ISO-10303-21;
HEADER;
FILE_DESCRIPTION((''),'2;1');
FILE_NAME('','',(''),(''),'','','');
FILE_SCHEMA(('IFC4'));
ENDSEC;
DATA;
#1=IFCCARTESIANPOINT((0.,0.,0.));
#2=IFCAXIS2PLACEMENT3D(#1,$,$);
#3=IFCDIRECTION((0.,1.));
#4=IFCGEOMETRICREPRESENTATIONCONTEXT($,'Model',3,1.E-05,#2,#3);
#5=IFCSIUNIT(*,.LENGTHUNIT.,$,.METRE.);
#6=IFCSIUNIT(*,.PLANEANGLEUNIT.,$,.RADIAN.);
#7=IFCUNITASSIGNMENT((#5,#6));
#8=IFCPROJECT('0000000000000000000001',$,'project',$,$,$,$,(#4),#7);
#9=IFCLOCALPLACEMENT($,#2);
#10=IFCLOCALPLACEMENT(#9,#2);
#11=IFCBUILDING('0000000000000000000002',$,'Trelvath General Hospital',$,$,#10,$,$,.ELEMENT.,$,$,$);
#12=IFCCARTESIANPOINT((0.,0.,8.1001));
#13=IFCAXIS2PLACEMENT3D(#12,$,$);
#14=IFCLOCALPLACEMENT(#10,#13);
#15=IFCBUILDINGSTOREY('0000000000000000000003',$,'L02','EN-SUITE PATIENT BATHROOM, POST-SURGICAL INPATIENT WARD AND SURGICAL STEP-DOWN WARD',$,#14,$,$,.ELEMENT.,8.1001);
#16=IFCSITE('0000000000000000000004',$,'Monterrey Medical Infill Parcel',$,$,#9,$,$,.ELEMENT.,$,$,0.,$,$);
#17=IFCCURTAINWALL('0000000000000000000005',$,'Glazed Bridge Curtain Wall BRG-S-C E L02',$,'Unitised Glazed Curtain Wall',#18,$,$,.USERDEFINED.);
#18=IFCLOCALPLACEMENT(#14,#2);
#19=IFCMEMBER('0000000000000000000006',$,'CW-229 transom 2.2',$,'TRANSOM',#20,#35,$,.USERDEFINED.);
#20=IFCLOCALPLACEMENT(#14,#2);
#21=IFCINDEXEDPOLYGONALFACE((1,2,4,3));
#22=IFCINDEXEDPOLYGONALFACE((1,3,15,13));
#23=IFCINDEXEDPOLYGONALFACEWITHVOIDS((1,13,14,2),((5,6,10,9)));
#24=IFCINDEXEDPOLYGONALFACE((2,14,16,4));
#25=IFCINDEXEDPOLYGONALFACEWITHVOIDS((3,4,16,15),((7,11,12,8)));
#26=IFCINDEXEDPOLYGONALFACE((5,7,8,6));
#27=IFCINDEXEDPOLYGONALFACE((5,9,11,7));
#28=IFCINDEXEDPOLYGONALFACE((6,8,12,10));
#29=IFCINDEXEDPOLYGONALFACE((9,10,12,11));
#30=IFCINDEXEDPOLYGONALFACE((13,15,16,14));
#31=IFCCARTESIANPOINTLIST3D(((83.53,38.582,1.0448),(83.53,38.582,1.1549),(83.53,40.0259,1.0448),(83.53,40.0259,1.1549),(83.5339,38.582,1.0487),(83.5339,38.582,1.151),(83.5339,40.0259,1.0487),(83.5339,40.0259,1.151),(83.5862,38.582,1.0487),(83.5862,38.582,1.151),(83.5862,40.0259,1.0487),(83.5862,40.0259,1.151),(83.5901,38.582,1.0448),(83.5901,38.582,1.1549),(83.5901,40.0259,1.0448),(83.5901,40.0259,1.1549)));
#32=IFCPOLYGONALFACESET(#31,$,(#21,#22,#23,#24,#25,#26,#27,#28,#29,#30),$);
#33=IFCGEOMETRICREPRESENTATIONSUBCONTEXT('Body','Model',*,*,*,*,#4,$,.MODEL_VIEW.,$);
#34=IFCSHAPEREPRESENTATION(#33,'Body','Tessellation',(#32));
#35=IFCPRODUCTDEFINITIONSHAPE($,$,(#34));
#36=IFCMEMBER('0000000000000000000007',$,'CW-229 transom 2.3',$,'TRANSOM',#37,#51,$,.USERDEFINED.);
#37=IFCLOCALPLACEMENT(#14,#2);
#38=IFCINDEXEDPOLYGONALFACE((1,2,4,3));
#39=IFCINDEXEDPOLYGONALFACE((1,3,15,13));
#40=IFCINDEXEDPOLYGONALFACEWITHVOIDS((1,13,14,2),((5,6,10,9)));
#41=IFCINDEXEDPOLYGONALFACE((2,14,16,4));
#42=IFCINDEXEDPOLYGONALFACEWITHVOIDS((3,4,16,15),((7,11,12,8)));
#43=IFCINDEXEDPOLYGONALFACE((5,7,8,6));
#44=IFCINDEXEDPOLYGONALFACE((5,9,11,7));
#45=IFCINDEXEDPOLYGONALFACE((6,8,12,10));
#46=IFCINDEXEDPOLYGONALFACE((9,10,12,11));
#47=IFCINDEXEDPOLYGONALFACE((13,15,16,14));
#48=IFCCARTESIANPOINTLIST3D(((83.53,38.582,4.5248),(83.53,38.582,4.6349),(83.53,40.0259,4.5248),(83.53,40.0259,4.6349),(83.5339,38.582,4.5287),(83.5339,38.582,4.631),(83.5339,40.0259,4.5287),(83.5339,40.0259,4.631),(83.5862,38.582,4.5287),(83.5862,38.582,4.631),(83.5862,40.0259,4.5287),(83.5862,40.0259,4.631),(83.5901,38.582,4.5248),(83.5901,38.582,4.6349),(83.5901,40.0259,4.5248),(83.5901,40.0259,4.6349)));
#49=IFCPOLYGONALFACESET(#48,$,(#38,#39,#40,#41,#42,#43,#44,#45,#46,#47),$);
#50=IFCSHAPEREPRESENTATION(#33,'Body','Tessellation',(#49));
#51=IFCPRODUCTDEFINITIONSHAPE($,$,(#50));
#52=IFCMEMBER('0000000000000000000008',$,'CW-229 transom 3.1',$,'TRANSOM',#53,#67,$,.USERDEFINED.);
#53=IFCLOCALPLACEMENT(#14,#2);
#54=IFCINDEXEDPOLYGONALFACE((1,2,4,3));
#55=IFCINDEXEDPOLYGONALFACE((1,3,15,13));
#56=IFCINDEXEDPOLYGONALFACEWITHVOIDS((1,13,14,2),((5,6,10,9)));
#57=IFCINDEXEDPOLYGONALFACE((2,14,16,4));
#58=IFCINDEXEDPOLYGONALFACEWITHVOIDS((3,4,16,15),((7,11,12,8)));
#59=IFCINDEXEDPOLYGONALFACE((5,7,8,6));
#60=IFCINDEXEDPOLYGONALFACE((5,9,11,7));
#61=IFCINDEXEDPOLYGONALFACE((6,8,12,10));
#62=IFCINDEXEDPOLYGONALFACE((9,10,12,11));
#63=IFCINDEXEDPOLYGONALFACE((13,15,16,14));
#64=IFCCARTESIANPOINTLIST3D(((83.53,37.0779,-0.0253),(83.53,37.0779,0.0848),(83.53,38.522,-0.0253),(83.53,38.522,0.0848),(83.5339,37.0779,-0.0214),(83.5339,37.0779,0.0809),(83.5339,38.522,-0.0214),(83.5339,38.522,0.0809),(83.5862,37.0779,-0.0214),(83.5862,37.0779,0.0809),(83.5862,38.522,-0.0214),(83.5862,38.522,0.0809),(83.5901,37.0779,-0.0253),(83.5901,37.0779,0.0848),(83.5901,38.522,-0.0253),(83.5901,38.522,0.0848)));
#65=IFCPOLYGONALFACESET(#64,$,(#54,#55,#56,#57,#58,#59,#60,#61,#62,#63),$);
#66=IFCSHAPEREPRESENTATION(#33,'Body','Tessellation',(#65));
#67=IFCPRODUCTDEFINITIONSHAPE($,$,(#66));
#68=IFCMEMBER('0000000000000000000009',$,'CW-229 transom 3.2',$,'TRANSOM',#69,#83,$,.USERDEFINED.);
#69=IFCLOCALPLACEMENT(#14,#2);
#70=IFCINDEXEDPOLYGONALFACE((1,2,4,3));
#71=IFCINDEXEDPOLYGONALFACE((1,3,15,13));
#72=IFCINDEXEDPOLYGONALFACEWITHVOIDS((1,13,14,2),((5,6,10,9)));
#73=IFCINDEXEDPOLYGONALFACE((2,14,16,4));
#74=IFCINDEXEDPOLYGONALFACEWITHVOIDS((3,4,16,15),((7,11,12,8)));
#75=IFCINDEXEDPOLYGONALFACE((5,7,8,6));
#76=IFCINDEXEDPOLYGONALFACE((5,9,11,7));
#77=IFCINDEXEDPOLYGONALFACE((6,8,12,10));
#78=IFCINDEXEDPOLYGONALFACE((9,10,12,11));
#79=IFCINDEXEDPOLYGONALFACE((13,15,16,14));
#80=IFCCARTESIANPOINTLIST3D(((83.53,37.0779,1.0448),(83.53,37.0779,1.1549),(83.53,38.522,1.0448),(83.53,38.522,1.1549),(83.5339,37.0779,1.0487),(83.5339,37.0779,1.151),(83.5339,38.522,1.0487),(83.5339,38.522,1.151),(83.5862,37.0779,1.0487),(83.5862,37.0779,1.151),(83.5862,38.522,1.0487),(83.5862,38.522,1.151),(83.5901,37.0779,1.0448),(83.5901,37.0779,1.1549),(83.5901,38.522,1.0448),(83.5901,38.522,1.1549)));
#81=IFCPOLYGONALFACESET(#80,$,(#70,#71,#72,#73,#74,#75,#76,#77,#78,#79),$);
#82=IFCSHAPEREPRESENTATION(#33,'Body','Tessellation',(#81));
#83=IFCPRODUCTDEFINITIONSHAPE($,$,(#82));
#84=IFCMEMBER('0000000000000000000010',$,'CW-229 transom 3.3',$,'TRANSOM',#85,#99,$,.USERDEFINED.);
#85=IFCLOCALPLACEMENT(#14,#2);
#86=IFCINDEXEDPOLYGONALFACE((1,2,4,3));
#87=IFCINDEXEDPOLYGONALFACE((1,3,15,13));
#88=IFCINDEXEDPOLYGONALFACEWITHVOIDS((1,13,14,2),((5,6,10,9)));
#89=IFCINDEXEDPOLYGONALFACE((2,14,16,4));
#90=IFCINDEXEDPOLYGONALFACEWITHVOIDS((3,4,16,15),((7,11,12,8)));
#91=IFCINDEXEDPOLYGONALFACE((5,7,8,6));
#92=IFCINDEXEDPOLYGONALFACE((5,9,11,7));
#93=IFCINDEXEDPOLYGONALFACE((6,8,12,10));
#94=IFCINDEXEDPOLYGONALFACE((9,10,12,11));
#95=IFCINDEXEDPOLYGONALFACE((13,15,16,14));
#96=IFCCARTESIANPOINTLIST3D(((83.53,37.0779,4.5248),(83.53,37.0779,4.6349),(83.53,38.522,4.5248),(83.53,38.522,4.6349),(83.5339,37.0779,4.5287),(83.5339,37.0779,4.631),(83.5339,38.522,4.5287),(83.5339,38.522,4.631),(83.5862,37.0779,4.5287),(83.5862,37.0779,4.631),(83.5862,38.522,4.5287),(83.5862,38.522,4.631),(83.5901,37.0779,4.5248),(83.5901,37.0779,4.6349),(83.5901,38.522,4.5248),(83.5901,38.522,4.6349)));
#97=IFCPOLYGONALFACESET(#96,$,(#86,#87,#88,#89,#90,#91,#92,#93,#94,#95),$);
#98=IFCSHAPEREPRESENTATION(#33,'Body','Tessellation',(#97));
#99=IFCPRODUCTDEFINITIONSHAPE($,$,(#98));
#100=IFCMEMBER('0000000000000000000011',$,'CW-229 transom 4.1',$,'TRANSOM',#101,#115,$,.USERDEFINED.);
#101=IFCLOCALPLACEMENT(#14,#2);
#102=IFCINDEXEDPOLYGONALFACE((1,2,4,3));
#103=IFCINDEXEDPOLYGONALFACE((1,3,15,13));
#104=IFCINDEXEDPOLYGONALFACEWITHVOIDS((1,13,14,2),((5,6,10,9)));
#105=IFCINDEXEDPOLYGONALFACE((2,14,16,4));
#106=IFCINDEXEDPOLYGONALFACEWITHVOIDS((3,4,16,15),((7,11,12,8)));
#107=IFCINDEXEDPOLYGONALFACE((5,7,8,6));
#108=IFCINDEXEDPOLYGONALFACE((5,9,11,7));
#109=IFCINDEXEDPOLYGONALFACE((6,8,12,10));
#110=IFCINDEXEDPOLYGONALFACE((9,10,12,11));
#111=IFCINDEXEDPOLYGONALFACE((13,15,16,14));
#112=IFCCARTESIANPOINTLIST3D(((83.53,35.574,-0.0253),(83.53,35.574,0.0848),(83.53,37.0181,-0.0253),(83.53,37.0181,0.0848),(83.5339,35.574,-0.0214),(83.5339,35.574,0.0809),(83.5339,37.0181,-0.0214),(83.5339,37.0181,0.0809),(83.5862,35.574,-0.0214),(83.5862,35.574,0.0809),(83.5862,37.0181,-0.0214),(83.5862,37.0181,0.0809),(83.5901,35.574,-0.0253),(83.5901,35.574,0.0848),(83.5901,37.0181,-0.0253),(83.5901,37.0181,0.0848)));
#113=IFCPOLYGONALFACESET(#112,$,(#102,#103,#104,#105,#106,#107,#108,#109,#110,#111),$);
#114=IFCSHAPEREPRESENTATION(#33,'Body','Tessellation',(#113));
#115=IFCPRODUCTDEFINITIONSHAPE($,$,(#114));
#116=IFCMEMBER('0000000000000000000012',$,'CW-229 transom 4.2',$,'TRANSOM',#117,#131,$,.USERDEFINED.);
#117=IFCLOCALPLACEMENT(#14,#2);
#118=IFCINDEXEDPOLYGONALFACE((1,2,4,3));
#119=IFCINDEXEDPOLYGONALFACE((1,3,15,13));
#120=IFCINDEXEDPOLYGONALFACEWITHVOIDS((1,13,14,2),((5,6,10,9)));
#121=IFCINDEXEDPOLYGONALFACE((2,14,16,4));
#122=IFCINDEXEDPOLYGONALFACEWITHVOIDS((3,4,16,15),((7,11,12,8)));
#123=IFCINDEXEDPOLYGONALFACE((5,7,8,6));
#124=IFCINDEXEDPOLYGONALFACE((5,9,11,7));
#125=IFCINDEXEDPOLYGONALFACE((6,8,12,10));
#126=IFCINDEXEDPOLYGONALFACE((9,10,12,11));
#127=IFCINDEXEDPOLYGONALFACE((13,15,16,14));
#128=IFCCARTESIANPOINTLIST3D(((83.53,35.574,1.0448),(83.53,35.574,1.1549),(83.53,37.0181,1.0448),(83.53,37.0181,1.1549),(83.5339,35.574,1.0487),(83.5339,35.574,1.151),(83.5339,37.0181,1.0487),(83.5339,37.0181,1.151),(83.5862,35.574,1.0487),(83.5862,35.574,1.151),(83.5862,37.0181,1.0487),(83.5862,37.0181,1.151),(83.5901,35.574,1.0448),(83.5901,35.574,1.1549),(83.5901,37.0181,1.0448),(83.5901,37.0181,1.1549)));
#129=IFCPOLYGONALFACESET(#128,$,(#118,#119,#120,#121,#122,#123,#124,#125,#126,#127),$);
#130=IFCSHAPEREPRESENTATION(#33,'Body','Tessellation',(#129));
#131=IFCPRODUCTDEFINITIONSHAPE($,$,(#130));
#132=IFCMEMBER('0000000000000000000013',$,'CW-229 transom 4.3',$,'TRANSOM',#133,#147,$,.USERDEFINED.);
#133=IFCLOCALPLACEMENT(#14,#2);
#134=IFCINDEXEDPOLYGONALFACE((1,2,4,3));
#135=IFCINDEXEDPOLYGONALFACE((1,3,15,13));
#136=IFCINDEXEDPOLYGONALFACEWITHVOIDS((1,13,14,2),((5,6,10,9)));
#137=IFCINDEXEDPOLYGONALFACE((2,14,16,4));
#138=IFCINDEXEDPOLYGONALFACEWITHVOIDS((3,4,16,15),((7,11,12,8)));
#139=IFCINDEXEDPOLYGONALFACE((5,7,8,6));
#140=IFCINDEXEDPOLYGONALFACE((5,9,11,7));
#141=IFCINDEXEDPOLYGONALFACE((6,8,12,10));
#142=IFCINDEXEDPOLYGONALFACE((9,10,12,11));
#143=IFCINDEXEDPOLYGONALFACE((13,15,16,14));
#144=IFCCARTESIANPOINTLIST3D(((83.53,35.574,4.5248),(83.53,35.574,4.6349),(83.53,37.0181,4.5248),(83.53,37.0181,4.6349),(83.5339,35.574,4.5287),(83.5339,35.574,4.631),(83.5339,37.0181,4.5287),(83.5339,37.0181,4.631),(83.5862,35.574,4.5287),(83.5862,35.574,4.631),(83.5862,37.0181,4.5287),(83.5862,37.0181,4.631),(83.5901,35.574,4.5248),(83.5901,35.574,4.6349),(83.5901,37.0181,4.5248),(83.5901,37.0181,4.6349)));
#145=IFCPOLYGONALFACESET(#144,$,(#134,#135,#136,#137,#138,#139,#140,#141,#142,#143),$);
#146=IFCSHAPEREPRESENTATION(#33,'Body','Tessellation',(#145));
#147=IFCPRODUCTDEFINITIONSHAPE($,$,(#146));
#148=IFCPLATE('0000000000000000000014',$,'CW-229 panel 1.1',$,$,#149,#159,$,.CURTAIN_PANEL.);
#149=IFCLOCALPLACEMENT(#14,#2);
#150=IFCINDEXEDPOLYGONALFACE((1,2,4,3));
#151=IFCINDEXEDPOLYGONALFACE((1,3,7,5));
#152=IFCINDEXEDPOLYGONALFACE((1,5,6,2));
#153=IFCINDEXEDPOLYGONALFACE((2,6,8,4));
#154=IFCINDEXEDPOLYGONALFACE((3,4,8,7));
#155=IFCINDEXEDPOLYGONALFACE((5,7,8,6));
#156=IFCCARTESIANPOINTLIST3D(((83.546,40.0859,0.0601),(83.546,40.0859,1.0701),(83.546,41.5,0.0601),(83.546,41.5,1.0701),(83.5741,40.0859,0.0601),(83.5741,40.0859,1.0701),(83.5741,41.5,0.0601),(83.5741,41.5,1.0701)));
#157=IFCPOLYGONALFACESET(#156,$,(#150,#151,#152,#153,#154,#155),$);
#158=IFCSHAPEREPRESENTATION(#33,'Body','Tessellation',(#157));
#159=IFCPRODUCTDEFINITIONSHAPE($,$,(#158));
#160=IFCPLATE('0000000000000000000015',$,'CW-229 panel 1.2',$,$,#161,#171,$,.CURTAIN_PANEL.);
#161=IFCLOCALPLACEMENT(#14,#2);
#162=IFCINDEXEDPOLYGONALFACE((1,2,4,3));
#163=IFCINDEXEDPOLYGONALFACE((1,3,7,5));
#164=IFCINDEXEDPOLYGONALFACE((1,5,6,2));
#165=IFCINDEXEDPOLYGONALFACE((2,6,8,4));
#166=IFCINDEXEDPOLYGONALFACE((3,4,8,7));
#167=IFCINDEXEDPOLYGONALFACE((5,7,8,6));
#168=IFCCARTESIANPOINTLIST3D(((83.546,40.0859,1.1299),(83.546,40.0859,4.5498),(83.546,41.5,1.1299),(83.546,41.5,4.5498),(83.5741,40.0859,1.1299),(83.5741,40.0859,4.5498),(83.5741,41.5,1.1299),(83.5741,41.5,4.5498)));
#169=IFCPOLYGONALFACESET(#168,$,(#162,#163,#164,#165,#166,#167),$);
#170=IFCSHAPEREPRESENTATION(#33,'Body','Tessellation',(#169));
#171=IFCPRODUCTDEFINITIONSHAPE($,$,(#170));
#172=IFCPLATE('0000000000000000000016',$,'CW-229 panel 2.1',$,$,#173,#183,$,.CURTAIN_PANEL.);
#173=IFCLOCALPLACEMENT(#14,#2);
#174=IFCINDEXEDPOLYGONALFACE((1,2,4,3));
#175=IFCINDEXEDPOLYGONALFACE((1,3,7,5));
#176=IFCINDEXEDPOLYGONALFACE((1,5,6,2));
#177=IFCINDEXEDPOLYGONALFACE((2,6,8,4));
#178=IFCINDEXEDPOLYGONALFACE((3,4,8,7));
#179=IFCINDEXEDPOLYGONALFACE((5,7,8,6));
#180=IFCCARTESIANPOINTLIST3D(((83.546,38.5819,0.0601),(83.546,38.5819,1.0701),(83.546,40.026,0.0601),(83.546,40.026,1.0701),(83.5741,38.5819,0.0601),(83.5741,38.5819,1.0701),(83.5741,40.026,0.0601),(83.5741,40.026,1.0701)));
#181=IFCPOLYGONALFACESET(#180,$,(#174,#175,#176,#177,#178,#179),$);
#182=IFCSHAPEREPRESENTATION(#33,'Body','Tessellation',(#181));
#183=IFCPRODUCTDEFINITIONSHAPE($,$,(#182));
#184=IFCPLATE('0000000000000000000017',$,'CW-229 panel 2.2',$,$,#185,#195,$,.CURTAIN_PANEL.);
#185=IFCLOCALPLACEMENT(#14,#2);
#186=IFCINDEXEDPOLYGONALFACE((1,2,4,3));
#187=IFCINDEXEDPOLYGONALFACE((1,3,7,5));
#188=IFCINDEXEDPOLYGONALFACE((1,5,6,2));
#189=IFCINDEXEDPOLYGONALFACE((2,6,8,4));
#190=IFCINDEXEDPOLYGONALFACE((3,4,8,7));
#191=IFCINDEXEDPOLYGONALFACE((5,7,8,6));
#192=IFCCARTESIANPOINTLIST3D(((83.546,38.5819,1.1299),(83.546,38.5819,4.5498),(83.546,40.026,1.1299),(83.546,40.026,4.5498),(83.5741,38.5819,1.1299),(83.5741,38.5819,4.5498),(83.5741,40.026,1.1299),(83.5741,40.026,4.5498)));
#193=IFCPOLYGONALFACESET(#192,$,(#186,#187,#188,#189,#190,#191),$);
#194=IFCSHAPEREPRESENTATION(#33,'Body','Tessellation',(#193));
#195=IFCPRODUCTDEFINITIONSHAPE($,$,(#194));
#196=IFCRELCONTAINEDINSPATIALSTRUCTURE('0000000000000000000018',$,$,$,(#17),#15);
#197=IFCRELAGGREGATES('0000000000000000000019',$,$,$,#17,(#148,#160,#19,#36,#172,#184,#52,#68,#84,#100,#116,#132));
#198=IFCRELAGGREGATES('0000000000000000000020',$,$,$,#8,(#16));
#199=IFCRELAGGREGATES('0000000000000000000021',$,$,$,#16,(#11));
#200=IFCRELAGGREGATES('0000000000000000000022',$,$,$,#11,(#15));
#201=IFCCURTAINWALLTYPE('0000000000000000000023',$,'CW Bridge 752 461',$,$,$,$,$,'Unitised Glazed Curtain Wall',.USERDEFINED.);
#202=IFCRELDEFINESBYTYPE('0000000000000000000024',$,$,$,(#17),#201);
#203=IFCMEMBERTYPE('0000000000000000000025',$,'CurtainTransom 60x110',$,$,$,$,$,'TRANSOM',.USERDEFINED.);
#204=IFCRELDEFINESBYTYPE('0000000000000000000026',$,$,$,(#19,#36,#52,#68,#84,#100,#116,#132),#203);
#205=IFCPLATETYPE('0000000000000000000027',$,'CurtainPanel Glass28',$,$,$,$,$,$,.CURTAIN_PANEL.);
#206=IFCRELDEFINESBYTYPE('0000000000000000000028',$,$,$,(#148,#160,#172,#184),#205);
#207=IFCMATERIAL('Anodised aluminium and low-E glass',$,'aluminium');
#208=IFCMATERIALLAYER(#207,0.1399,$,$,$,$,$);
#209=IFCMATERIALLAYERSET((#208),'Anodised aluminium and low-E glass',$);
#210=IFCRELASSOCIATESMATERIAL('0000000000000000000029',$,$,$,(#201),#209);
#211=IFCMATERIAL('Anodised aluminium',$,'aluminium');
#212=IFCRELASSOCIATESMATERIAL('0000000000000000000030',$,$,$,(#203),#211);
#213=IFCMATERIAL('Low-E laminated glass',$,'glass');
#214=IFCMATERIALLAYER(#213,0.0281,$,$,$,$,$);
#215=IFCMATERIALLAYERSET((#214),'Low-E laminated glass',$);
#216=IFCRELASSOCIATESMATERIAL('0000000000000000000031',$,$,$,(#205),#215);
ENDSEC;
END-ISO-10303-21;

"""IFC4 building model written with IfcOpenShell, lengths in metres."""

from ifc_helpers import new_model, si_unit, direction, frame, origin, origin_2d, place, context, subcontext, project, spatial, rectangle, hollow_rectangle, extrude, material, layer, layer_set, material_profile, profile_set, type_object, element, aggregate, save


model = new_model("IFC4")

# Units and contexts
model_context = context("Model", 3, precision=1e-05, world=origin(), true_north=direction((0.0, 1.0)))
body_context = subcontext(model_context, "Body", "Model", "MODEL_VIEW")
ifc_project = project(units=[si_unit("LENGTHUNIT", "METRE"), si_unit("PLANEANGLEUNIT", "RADIAN")], contexts=[model_context])

# Site, building, storey
site_placement = place(None, origin())
site = spatial("IfcSite", under=ifc_project, at=site_placement, Name="Monterrey Medical Infill Parcel", CompositionType="ELEMENT", RefElevation=0.0)
building_placement = place(site_placement, origin())
building = spatial("IfcBuilding", under=site, at=building_placement, Name="Trelvath General Hospital", CompositionType="ELEMENT")
storey_placement = place(building_placement, frame((0.0, 0.0, 8.1001)))
storey = spatial("IfcBuildingStorey", under=building, at=storey_placement, Name="L02", Description="EN-SUITE PATIENT BATHROOM, POST-SURGICAL INPATIENT WARD AND SURGICAL STEP-DOWN WARD", CompositionType="ELEMENT", Elevation=8.1001)

# Curtain wall
ifc_material_1 = material(Name="Anodised aluminium and low-E glass", Category="aluminium")
ifc_layer_1 = layer(ifc_material_1, 0.1399)
ifc_layer_set_1 = layer_set([ifc_layer_1], Name="Anodised aluminium and low-E glass")
curtain_wall_type_1 = type_object("IfcCurtainWallType", Name="CW Bridge 752 461", ElementType="Unitised Glazed Curtain Wall", PredefinedType="USERDEFINED", material=ifc_layer_set_1)
curtain_wall_1_placement = place(storey_placement, origin())
curtain_wall_1 = element("IfcCurtainWall", 1, at=curtain_wall_1_placement, inside=storey, type_object=curtain_wall_type_1, Name="Glazed Bridge Curtain Wall BRG-S-C E L02", ObjectType="Unitised Glazed Curtain Wall", PredefinedType="USERDEFINED")

# Members
ifc_material_2 = material(Name="Anodised aluminium", Category="aluminium")
ifc_material_profile_1 = material_profile(ifc_material_2, hollow_rectangle(XDim=0.0601, YDim=0.1101, WallThickness=0.0039, at=origin_2d()), Name="RHS60x110x4")
ifc_profile_set_1 = profile_set([ifc_material_profile_1], Name="Anodised aluminium")
member_type_1 = type_object("IfcMemberType", Name="CurtainTransom 60x110", ElementType="TRANSOM", PredefinedType="USERDEFINED", material=ifc_profile_set_1)
member_1_placement = place(storey_placement, frame((83.5601, 40.0259, 1.0999), z_axis=(0.0, -1.0, 0.0), x_axis=(1.0, 0.0, 0.0)))
member_1 = element("IfcMember", 2, at=member_1_placement, type_object=member_type_1, Name="CW-229 transom 2.2", ObjectType="TRANSOM", PredefinedType="USERDEFINED", context=body_context, shape_type="SweptSolid", body=[
    extrude(hollow_rectangle(XDim=0.0601, YDim=0.1101, WallThickness=0.0039, at=origin_2d()), origin(), (0.0, 0.0, 1.0), 1.4438),
])
member_2_placement = place(storey_placement, frame((83.5601, 40.0259, 4.5798), z_axis=(0.0, -1.0, 0.0), x_axis=(1.0, 0.0, 0.0)))
member_2 = element("IfcMember", 3, at=member_2_placement, type_object=member_type_1, Name="CW-229 transom 2.3", ObjectType="TRANSOM", PredefinedType="USERDEFINED", context=body_context, shape_type="SweptSolid", body=[
    extrude(hollow_rectangle(XDim=0.0601, YDim=0.1101, WallThickness=0.0039, at=origin_2d()), origin(), (0.0, 0.0, 1.0), 1.4438),
])
member_3_placement = place(storey_placement, frame((83.5601, 38.522, 0.0298), z_axis=(0.0, -1.0, 0.0), x_axis=(1.0, 0.0, 0.0)))
member_3 = element("IfcMember", 4, at=member_3_placement, type_object=member_type_1, Name="CW-229 transom 3.1", ObjectType="TRANSOM", PredefinedType="USERDEFINED", context=body_context, shape_type="SweptSolid", body=[
    extrude(hollow_rectangle(XDim=0.0601, YDim=0.1101, WallThickness=0.0039, at=origin_2d()), origin(), (0.0, 0.0, 1.0), 1.4441),
])
member_4_placement = place(storey_placement, frame((83.5601, 38.522, 1.0999), z_axis=(0.0, -1.0, 0.0), x_axis=(1.0, 0.0, 0.0)))
member_4 = element("IfcMember", 5, at=member_4_placement, type_object=member_type_1, Name="CW-229 transom 3.2", ObjectType="TRANSOM", PredefinedType="USERDEFINED", context=body_context, shape_type="SweptSolid", body=[
    extrude(hollow_rectangle(XDim=0.0601, YDim=0.1101, WallThickness=0.0039, at=origin_2d()), origin(), (0.0, 0.0, 1.0), 1.4441),
])
member_5_placement = place(storey_placement, frame((83.5601, 38.522, 4.5798), z_axis=(0.0, -1.0, 0.0), x_axis=(1.0, 0.0, 0.0)))
member_5 = element("IfcMember", 6, at=member_5_placement, type_object=member_type_1, Name="CW-229 transom 3.3", ObjectType="TRANSOM", PredefinedType="USERDEFINED", context=body_context, shape_type="SweptSolid", body=[
    extrude(hollow_rectangle(XDim=0.0601, YDim=0.1101, WallThickness=0.0039, at=origin_2d()), origin(), (0.0, 0.0, 1.0), 1.4441),
])
member_6_placement = place(storey_placement, frame((83.5601, 37.0181, 0.0298), z_axis=(0.0, -1.0, 0.0), x_axis=(1.0, 0.0, 0.0)))
member_6 = element("IfcMember", 7, at=member_6_placement, type_object=member_type_1, Name="CW-229 transom 4.1", ObjectType="TRANSOM", PredefinedType="USERDEFINED", context=body_context, shape_type="SweptSolid", body=[
    extrude(hollow_rectangle(XDim=0.0601, YDim=0.1101, WallThickness=0.0039, at=origin_2d()), origin(), (0.0, 0.0, 1.0), 1.4441),
])
member_7_placement = place(storey_placement, frame((83.5601, 37.0181, 1.0999), z_axis=(0.0, -1.0, 0.0), x_axis=(1.0, 0.0, 0.0)))
member_7 = element("IfcMember", 8, at=member_7_placement, type_object=member_type_1, Name="CW-229 transom 4.2", ObjectType="TRANSOM", PredefinedType="USERDEFINED", context=body_context, shape_type="SweptSolid", body=[
    extrude(hollow_rectangle(XDim=0.0601, YDim=0.1101, WallThickness=0.0039, at=origin_2d()), origin(), (0.0, 0.0, 1.0), 1.4441),
])
member_8_placement = place(storey_placement, frame((83.5601, 37.0181, 4.5798), z_axis=(0.0, -1.0, 0.0), x_axis=(1.0, 0.0, 0.0)))
member_8 = element("IfcMember", 9, at=member_8_placement, type_object=member_type_1, Name="CW-229 transom 4.3", ObjectType="TRANSOM", PredefinedType="USERDEFINED", context=body_context, shape_type="SweptSolid", body=[
    extrude(hollow_rectangle(XDim=0.0601, YDim=0.1101, WallThickness=0.0039, at=origin_2d()), origin(), (0.0, 0.0, 1.0), 1.4441),
])

# Plates
ifc_material_3 = material(Name="Low-E laminated glass", Category="glass")
ifc_layer_2 = layer(ifc_material_3, 0.0281)
ifc_layer_set_2 = layer_set([ifc_layer_2], Name="Low-E laminated glass")
plate_type = type_object("IfcPlateType", Name="CurtainPanel Glass28", PredefinedType="CURTAIN_PANEL", material=ifc_layer_set_2)
plate_1_placement = place(storey_placement, frame((83.5601, 40.793, 0.0601), z_axis=(0.0, 0.0, 1.0), x_axis=(0.0, -1.0, 0.0)))
plate_1 = element("IfcPlate", 10, at=plate_1_placement, type_object=plate_type, Name="CW-229 panel 1.1", PredefinedType="CURTAIN_PANEL", context=body_context, shape_type="SweptSolid", body=[
    extrude(rectangle(XDim=1.4141, YDim=0.0281, at=origin_2d()), origin(), (0.0, 0.0, 1.0), 1.01),
])
plate_2_placement = place(storey_placement, frame((83.5601, 40.793, 1.1299), z_axis=(0.0, 0.0, 1.0), x_axis=(0.0, -1.0, 0.0)))
plate_2 = element("IfcPlate", 11, at=plate_2_placement, type_object=plate_type, Name="CW-229 panel 1.2", PredefinedType="CURTAIN_PANEL", context=body_context, shape_type="SweptSolid", body=[
    extrude(rectangle(XDim=1.4141, YDim=0.0281, at=origin_2d()), origin(), (0.0, 0.0, 1.0), 3.4199),
])
plate_3_placement = place(storey_placement, frame((83.5601, 39.304, 0.0601), z_axis=(0.0, 0.0, 1.0), x_axis=(0.0, -1.0, 0.0)))
plate_3 = element("IfcPlate", 12, at=plate_3_placement, type_object=plate_type, Name="CW-229 panel 2.1", PredefinedType="CURTAIN_PANEL", context=body_context, shape_type="SweptSolid", body=[
    extrude(rectangle(XDim=1.4441, YDim=0.0281, at=origin_2d()), origin(), (0.0, 0.0, 1.0), 1.01),
])
plate_4_placement = place(storey_placement, frame((83.5601, 39.304, 1.1299), z_axis=(0.0, 0.0, 1.0), x_axis=(0.0, -1.0, 0.0)))
plate_4 = element("IfcPlate", 13, at=plate_4_placement, type_object=plate_type, Name="CW-229 panel 2.2", PredefinedType="CURTAIN_PANEL", context=body_context, shape_type="SweptSolid", body=[
    extrude(rectangle(XDim=1.4441, YDim=0.0281, at=origin_2d()), origin(), (0.0, 0.0, 1.0), 3.4199),
])
aggregate(curtain_wall_1, [plate_1, plate_2, member_1, member_2, plate_3, plate_4, member_3, member_4, member_5, member_6, member_7, member_8])

save(model, "model.ifc")
